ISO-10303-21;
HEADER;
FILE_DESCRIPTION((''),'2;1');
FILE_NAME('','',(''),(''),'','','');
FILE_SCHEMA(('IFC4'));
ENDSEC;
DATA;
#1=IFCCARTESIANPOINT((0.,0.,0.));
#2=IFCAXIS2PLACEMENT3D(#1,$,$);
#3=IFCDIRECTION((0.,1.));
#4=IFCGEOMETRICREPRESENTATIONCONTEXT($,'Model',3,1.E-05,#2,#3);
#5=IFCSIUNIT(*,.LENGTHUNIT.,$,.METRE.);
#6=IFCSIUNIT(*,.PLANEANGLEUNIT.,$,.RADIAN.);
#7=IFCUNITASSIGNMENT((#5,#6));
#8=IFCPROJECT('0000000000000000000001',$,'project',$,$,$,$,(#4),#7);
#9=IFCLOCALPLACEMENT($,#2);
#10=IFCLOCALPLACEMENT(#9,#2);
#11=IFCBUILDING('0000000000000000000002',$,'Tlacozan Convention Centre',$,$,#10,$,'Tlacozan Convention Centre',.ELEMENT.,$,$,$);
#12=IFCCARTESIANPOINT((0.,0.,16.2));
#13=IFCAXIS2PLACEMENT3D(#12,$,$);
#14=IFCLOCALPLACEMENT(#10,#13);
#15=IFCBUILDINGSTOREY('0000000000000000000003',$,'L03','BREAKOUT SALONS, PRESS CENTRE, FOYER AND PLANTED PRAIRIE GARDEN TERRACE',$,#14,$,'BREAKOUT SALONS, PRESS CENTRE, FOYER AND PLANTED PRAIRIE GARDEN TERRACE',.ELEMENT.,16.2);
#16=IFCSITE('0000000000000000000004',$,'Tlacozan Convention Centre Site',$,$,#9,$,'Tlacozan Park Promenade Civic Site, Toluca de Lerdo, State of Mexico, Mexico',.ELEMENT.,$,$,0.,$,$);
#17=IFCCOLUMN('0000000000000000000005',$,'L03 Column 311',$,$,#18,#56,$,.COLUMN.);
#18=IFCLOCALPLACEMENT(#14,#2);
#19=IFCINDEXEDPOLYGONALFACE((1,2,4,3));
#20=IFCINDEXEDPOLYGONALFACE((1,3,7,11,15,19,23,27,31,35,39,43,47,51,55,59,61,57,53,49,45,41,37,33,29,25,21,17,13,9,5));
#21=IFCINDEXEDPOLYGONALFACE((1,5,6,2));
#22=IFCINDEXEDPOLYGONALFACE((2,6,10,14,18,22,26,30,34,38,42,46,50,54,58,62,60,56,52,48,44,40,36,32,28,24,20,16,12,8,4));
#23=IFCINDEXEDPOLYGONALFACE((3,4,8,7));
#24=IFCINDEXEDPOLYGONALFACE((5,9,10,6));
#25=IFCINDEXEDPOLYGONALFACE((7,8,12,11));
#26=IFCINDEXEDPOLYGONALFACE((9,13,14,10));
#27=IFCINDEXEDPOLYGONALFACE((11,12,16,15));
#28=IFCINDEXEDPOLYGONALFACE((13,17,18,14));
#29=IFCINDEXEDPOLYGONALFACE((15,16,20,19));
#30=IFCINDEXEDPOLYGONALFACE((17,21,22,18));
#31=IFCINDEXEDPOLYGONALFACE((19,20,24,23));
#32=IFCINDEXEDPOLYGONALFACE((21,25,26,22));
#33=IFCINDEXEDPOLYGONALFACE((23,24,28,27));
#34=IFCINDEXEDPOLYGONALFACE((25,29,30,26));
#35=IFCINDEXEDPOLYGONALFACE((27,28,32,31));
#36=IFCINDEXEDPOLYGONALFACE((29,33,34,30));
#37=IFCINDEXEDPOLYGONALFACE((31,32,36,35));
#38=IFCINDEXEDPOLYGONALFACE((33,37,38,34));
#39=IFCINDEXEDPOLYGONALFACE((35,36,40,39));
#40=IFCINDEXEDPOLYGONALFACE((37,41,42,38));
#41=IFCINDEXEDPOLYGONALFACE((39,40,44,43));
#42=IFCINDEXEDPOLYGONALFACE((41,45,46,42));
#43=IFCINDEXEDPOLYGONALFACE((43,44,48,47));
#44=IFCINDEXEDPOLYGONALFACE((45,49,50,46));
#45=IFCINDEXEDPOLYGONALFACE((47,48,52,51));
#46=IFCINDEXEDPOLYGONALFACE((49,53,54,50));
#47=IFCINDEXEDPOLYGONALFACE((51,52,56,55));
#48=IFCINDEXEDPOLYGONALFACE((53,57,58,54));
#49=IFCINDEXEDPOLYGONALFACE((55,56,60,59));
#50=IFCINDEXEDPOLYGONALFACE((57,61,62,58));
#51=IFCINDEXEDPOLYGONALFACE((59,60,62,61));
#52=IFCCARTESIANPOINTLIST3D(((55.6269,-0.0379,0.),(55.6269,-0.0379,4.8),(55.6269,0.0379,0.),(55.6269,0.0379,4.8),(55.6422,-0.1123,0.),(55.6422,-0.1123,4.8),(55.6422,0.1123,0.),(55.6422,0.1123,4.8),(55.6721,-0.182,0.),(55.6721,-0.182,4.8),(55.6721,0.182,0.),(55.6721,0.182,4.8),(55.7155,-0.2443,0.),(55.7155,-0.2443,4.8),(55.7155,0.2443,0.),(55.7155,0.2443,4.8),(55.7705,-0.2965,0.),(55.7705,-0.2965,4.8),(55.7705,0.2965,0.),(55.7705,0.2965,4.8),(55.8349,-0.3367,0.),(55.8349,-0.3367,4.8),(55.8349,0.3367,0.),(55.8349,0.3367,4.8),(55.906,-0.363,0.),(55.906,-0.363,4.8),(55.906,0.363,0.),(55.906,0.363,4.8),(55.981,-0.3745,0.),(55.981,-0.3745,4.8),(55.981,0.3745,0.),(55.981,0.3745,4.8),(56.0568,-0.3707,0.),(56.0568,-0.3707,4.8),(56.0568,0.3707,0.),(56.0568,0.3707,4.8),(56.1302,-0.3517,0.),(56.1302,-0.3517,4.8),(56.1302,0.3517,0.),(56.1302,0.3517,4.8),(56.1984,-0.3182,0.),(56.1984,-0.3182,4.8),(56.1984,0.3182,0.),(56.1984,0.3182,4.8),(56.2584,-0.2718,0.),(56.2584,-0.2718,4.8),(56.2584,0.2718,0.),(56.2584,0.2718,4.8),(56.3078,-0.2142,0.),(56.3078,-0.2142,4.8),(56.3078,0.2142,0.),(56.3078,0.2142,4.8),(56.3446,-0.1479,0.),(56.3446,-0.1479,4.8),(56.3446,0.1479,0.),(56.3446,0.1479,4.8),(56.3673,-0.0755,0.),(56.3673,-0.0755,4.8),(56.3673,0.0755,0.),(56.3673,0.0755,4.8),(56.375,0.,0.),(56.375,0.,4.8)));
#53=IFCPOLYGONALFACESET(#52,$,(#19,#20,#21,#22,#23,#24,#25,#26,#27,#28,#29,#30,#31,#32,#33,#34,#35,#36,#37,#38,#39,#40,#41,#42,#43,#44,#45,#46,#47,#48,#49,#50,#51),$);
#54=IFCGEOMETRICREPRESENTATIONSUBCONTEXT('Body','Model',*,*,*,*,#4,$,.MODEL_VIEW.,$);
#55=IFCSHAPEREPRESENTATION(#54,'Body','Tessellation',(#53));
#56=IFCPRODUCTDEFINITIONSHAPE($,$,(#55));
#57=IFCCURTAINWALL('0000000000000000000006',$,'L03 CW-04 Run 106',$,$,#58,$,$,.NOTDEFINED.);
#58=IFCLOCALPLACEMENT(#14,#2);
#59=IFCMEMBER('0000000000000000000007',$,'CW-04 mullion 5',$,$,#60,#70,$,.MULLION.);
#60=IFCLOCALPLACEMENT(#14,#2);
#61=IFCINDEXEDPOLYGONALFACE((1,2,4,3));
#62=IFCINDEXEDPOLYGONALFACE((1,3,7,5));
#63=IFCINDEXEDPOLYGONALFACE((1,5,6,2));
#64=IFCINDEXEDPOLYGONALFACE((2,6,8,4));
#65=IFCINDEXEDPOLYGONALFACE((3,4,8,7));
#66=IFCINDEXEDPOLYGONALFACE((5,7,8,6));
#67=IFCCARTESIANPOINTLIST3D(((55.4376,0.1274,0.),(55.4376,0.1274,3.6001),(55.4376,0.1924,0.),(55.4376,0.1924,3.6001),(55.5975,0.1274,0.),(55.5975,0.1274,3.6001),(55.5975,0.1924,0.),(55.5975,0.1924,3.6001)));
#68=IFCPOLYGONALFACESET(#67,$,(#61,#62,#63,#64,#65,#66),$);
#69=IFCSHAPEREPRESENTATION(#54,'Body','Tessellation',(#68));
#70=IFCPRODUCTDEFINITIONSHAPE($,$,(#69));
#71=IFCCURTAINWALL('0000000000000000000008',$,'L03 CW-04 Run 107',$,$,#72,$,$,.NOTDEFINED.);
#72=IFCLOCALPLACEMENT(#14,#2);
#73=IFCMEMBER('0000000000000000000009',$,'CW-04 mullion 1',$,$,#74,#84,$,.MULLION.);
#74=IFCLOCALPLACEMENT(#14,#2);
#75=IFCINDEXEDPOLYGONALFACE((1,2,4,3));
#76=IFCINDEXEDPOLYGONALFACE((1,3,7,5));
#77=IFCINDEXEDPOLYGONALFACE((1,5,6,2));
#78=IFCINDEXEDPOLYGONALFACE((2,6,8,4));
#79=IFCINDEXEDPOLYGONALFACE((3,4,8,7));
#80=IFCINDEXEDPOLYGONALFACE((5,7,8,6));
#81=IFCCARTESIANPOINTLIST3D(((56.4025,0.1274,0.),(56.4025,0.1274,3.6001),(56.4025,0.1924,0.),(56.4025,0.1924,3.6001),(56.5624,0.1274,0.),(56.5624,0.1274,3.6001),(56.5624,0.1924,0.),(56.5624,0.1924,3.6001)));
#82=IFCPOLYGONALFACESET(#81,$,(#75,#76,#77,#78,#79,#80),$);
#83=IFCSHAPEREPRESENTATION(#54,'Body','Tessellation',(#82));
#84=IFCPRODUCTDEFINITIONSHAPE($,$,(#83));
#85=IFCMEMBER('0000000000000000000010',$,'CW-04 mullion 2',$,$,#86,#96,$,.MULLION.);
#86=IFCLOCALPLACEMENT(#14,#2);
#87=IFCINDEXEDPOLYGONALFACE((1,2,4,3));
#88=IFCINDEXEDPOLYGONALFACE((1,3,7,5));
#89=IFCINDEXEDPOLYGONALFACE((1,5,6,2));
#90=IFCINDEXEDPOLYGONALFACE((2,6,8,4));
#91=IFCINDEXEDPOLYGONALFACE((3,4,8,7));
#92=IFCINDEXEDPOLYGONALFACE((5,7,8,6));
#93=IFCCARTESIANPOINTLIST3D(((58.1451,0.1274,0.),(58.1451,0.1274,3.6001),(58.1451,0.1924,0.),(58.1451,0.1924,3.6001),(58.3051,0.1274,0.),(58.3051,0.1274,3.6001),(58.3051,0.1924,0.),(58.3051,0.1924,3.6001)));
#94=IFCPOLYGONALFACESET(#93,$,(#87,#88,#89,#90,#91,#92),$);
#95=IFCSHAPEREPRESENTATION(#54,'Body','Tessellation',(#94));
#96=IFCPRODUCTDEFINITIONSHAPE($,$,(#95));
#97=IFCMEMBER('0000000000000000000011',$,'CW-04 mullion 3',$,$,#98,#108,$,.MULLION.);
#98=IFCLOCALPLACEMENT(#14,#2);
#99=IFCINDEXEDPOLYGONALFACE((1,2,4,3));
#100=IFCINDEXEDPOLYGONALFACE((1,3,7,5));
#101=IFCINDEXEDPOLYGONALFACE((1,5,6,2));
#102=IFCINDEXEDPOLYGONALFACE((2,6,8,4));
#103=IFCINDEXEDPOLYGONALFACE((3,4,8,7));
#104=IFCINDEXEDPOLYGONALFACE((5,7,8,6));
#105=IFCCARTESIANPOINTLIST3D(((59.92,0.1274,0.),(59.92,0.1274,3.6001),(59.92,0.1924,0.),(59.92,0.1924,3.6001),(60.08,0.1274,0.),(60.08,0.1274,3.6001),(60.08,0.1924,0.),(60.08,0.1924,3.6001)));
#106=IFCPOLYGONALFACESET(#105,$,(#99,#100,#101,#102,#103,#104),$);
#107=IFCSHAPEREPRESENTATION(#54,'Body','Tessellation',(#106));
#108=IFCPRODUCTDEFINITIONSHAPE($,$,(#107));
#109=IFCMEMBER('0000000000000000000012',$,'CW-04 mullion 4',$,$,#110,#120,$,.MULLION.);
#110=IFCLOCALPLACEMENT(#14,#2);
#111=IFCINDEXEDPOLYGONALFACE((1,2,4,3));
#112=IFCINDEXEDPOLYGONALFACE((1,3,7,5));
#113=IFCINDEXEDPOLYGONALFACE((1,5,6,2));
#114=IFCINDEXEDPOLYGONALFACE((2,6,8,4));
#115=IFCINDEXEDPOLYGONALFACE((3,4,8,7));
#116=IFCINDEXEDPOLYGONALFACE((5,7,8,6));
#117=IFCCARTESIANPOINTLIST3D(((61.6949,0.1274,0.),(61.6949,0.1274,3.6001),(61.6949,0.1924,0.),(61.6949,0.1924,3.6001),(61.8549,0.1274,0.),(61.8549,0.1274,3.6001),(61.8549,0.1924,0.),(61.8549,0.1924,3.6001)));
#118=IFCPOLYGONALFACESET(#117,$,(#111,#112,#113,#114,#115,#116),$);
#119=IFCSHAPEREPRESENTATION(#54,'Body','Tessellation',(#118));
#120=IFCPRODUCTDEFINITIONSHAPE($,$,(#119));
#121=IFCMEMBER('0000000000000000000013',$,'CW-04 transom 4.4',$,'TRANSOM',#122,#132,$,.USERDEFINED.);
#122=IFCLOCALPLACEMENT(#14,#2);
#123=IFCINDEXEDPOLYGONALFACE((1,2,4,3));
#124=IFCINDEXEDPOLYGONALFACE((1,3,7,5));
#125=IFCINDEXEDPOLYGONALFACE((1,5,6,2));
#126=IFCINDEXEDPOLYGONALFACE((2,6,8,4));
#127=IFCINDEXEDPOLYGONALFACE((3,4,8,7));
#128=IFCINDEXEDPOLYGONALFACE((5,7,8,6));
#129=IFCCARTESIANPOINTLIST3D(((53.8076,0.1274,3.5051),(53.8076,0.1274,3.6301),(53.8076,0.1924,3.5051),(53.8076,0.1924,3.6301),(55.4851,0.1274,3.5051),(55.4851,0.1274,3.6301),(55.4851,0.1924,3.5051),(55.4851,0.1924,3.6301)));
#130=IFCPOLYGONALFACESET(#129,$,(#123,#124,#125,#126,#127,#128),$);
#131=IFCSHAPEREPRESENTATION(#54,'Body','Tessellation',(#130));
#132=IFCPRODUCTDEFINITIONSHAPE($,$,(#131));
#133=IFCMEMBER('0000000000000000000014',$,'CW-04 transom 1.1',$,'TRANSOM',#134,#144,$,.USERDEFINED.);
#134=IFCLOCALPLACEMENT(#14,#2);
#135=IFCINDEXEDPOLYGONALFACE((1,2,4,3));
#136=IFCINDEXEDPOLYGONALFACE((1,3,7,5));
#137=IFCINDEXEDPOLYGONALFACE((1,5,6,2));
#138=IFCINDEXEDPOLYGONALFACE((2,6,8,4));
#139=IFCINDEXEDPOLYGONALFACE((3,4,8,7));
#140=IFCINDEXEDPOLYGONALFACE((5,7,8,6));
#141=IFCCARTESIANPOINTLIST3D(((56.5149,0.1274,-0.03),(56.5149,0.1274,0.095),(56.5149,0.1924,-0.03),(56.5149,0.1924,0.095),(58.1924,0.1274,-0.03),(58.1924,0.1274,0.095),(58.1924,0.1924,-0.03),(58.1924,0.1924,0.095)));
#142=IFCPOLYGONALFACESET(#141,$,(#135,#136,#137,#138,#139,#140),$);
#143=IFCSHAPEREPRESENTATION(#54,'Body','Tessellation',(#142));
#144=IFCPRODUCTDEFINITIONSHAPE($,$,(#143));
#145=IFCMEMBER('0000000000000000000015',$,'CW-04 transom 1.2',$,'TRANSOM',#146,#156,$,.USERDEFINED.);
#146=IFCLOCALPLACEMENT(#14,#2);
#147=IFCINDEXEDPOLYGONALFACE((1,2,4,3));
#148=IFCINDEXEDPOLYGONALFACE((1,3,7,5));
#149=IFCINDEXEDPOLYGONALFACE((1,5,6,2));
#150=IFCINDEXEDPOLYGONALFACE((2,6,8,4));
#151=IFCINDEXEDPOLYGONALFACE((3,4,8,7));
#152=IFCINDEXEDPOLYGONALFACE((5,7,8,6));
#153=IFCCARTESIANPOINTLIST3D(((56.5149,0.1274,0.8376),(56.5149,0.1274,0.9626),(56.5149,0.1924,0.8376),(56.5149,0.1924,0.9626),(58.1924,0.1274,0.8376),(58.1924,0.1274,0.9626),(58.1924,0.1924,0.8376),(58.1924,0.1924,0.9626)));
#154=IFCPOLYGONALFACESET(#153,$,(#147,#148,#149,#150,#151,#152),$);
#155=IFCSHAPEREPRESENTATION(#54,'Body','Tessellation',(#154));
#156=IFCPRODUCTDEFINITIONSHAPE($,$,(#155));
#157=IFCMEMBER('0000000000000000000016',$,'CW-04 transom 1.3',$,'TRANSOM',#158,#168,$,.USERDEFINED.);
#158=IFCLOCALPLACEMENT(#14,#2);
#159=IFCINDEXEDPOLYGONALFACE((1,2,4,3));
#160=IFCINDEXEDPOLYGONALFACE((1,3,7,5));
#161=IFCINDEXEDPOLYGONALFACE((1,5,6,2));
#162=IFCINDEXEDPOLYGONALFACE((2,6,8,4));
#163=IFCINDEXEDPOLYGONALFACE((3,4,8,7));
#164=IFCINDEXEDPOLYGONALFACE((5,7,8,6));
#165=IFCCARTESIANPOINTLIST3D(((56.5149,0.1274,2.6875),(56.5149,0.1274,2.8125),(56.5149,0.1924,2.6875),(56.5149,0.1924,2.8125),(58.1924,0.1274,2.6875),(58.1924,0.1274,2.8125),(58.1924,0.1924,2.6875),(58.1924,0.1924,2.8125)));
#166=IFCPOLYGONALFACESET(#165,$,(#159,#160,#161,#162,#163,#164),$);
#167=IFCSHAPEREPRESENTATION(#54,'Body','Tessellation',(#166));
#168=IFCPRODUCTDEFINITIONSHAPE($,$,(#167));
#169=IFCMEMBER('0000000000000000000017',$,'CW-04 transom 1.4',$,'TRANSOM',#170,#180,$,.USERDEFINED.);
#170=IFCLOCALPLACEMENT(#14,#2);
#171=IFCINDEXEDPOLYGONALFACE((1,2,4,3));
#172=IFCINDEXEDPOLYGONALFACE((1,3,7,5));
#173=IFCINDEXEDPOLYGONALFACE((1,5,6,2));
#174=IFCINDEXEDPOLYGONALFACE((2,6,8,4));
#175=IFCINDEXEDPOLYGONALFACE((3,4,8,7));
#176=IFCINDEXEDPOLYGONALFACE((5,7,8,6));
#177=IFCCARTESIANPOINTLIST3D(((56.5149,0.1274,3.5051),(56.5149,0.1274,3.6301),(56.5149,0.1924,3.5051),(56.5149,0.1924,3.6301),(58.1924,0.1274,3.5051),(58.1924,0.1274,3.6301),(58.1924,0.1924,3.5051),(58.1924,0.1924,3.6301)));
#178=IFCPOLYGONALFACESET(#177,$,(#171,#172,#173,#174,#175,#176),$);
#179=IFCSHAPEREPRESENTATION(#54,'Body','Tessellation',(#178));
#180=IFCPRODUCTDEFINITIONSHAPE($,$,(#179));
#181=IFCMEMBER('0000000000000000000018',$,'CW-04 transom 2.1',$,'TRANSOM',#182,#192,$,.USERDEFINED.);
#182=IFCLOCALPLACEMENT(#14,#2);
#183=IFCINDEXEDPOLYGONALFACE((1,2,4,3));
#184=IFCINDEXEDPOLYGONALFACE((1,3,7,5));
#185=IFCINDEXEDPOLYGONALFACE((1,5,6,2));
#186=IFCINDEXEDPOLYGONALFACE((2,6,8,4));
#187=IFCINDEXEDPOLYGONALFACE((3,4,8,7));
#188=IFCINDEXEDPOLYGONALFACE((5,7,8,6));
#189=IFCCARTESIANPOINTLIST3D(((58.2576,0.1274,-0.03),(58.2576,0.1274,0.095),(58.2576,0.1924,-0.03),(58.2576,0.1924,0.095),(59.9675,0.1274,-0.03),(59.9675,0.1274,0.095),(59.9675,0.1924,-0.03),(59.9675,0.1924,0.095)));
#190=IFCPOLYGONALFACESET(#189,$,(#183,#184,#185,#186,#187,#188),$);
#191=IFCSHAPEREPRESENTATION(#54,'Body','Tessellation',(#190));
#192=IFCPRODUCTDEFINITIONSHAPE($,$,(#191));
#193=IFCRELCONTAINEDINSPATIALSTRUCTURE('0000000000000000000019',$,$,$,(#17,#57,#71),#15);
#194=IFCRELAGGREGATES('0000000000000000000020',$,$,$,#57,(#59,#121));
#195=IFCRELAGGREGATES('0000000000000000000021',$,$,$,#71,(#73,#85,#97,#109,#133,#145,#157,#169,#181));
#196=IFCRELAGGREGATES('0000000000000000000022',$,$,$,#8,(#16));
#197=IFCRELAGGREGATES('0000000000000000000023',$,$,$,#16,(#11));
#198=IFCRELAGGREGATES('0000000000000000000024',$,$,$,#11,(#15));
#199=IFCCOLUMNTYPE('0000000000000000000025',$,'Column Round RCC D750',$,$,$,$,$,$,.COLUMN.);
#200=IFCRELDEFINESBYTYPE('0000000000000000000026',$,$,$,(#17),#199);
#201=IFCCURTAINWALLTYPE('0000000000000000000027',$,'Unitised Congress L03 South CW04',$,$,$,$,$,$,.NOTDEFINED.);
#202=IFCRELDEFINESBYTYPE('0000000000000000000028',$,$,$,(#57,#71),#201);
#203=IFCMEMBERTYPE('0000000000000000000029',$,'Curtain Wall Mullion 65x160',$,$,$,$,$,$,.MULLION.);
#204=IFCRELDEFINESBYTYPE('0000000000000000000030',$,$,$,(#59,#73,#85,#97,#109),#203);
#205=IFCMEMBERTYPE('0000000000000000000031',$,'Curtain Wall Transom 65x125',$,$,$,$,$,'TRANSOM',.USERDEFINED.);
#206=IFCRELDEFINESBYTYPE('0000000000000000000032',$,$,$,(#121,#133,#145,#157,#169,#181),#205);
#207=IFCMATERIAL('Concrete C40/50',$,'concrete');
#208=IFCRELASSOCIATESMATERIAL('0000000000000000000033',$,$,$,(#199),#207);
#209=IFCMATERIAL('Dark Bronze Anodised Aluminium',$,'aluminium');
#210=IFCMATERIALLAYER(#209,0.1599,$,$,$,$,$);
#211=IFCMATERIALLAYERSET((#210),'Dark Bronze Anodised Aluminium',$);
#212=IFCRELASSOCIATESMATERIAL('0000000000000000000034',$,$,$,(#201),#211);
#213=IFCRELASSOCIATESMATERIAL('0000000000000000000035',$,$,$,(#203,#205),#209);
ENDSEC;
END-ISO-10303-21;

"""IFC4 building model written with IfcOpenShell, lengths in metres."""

from ifc_helpers import new_model, si_unit, direction, frame, origin, origin_2d, place, context, subcontext, project, spatial, rectangle, circle, extrude, material, layer, layer_set, material_profile, profile_set, type_object, element, aggregate, save


model = new_model("IFC4")

# Units and contexts
model_context = context("Model", 3, precision=1e-05, world=origin(), true_north=direction((0.0, 1.0)))
body_context = subcontext(model_context, "Body", "Model", "MODEL_VIEW")
ifc_project = project(units=[si_unit("LENGTHUNIT", "METRE"), si_unit("PLANEANGLEUNIT", "RADIAN")], contexts=[model_context])

# Site, building, storey
site_placement = place(None, origin())
site = spatial("IfcSite", under=ifc_project, at=site_placement, Name="Tlacozan Convention Centre Site", LongName="Tlacozan Park Promenade Civic Site, Toluca de Lerdo, State of Mexico, Mexico", CompositionType="ELEMENT", RefElevation=0.0)
building_placement = place(site_placement, origin())
building = spatial("IfcBuilding", under=site, at=building_placement, Name="Tlacozan Convention Centre", LongName="Tlacozan Convention Centre", CompositionType="ELEMENT")
storey_placement = place(building_placement, frame((0.0, 0.0, 16.2)))
storey = spatial("IfcBuildingStorey", under=building, at=storey_placement, Name="L03", Description="BREAKOUT SALONS, PRESS CENTRE, FOYER AND PLANTED PRAIRIE GARDEN TERRACE", LongName="BREAKOUT SALONS, PRESS CENTRE, FOYER AND PLANTED PRAIRIE GARDEN TERRACE", CompositionType="ELEMENT", Elevation=16.2)

# Column
ifc_material_1 = material(Name="Concrete C40/50", Category="concrete")
ifc_material_profile_1 = material_profile(ifc_material_1, circle(Radius=0.375, at=origin_2d()), Name="RCC D750")
ifc_profile_set_1 = profile_set([ifc_material_profile_1], Name="Concrete C40/50")
column_type = type_object("IfcColumnType", Name="Column Round RCC D750", PredefinedType="COLUMN", material=ifc_profile_set_1)
column_placement = place(storey_placement, frame((56.0, 0.0, 0.0), z_axis=(0.0, 0.0, 1.0), x_axis=(1.0, 0.0, 0.0)))
element("IfcColumn", 1, at=column_placement, inside=storey, type_object=column_type, Name="L03 Column 311", PredefinedType="COLUMN", context=body_context, shape_type="SweptSolid", body=[
    extrude(circle(Radius=0.375, at=origin_2d()), origin(), (0.0, 0.0, 1.0), 4.8),
])

# Curtain wall, member
ifc_material_2 = material(Name="Dark Bronze Anodised Aluminium", Category="aluminium")
ifc_layer_1 = layer(ifc_material_2, 0.1599)
ifc_layer_set_1 = layer_set([ifc_layer_1], Name="Dark Bronze Anodised Aluminium")
curtain_wall_type = type_object("IfcCurtainWallType", Name="Unitised Congress L03 South CW04", PredefinedType="NOTDEFINED", material=ifc_layer_set_1)
curtain_wall_1_placement = place(storey_placement, origin())
curtain_wall_1 = element("IfcCurtainWall", 2, at=curtain_wall_1_placement, inside=storey, type_object=curtain_wall_type, Name="L03 CW-04 Run 106", PredefinedType="NOTDEFINED")
ifc_material_profile_2 = material_profile(ifc_material_2, rectangle(XDim=0.0649, YDim=0.1599, at=origin_2d()), Name="ALU 65x160")
ifc_profile_set_2 = profile_set([ifc_material_profile_2], Name="Dark Bronze Anodised Aluminium")
member_type_1 = type_object("IfcMemberType", Name="Curtain Wall Mullion 65x160", PredefinedType="MULLION", material=ifc_profile_set_2)
member_1_placement = place(storey_placement, frame((55.5176, 0.1599, 0.0), z_axis=(0.0, 0.0, 1.0), x_axis=(0.0, 1.0, 0.0)))
member_1 = element("IfcMember", 3, at=member_1_placement, type_object=member_type_1, Name="CW-04 mullion 5", PredefinedType="MULLION", context=body_context, shape_type="SweptSolid", body=[
    extrude(rectangle(XDim=0.0649, YDim=0.1599, at=origin_2d()), origin(), (0.0, 0.0, 1.0), 3.6001),
])

# Curtain wall, members
curtain_wall_2_placement = place(storey_placement, origin())
curtain_wall_2 = element("IfcCurtainWall", 4, at=curtain_wall_2_placement, inside=storey, type_object=curtain_wall_type, Name="L03 CW-04 Run 107", PredefinedType="NOTDEFINED")
member_2_placement = place(storey_placement, frame((56.4824, 0.1599, 0.0), z_axis=(0.0, 0.0, 1.0), x_axis=(0.0, 1.0, 0.0)))
member_2 = element("IfcMember", 5, at=member_2_placement, type_object=member_type_1, Name="CW-04 mullion 1", PredefinedType="MULLION", context=body_context, shape_type="SweptSolid", body=[
    extrude(rectangle(XDim=0.0649, YDim=0.1599, at=origin_2d()), origin(), (0.0, 0.0, 1.0), 3.6001),
])
member_3_placement = place(storey_placement, frame((58.2251, 0.1599, 0.0), z_axis=(0.0, 0.0, 1.0), x_axis=(0.0, 1.0, 0.0)))
member_3 = element("IfcMember", 6, at=member_3_placement, type_object=member_type_1, Name="CW-04 mullion 2", PredefinedType="MULLION", context=body_context, shape_type="SweptSolid", body=[
    extrude(rectangle(XDim=0.0649, YDim=0.1599, at=origin_2d()), origin(), (0.0, 0.0, 1.0), 3.6001),
])
member_4_placement = place(storey_placement, frame((60.0, 0.1599, 0.0), z_axis=(0.0, 0.0, 1.0), x_axis=(0.0, 1.0, 0.0)))
member_4 = element("IfcMember", 7, at=member_4_placement, type_object=member_type_1, Name="CW-04 mullion 3", PredefinedType="MULLION", context=body_context, shape_type="SweptSolid", body=[
    extrude(rectangle(XDim=0.0649, YDim=0.1599, at=origin_2d()), origin(), (0.0, 0.0, 1.0), 3.6001),
])
member_5_placement = place(storey_placement, frame((61.7749, 0.1599, 0.0), z_axis=(0.0, 0.0, 1.0), x_axis=(0.0, 1.0, 0.0)))
member_5 = element("IfcMember", 8, at=member_5_placement, type_object=member_type_1, Name="CW-04 mullion 4", PredefinedType="MULLION", context=body_context, shape_type="SweptSolid", body=[
    extrude(rectangle(XDim=0.0649, YDim=0.1599, at=origin_2d()), origin(), (0.0, 0.0, 1.0), 3.6001),
])

# Members
ifc_material_profile_3 = material_profile(ifc_material_2, rectangle(XDim=0.0649, YDim=0.125, at=origin_2d()), Name="ALU 65x125")
ifc_profile_set_3 = profile_set([ifc_material_profile_3], Name="Dark Bronze Anodised Aluminium")
member_type_2 = type_object("IfcMemberType", Name="Curtain Wall Transom 65x125", ElementType="TRANSOM", PredefinedType="USERDEFINED", material=ifc_profile_set_3)
member_6_placement = place(storey_placement, frame((53.8076, 0.1599, 3.5676), z_axis=(1.0, 0.0, 0.0), x_axis=(0.0, 1.0, 0.0)))
member_6 = element("IfcMember", 9, at=member_6_placement, type_object=member_type_2, Name="CW-04 transom 4.4", ObjectType="TRANSOM", PredefinedType="USERDEFINED", context=body_context, shape_type="SweptSolid", body=[
    extrude(rectangle(XDim=0.0649, YDim=0.125, at=origin_2d()), origin(), (0.0, 0.0, 1.0), 1.6775),
])
member_7_placement = place(storey_placement, frame((56.5149, 0.1599, 0.0325), z_axis=(1.0, 0.0, 0.0), x_axis=(0.0, 1.0, 0.0)))
member_7 = element("IfcMember", 10, at=member_7_placement, type_object=member_type_2, Name="CW-04 transom 1.1", ObjectType="TRANSOM", PredefinedType="USERDEFINED", context=body_context, shape_type="SweptSolid", body=[
    extrude(rectangle(XDim=0.0649, YDim=0.125, at=origin_2d()), origin(), (0.0, 0.0, 1.0), 1.6775),
])
member_8_placement = place(storey_placement, frame((56.5149, 0.1599, 0.9001), z_axis=(1.0, 0.0, 0.0), x_axis=(0.0, 1.0, 0.0)))
member_8 = element("IfcMember", 11, at=member_8_placement, type_object=member_type_2, Name="CW-04 transom 1.2", ObjectType="TRANSOM", PredefinedType="USERDEFINED", context=body_context, shape_type="SweptSolid", body=[
    extrude(rectangle(XDim=0.0649, YDim=0.125, at=origin_2d()), origin(), (0.0, 0.0, 1.0), 1.6775),
])
member_9_placement = place(storey_placement, frame((56.5149, 0.1599, 2.75), z_axis=(1.0, 0.0, 0.0), x_axis=(0.0, 1.0, 0.0)))
member_9 = element("IfcMember", 12, at=member_9_placement, type_object=member_type_2, Name="CW-04 transom 1.3", ObjectType="TRANSOM", PredefinedType="USERDEFINED", context=body_context, shape_type="SweptSolid", body=[
    extrude(rectangle(XDim=0.0649, YDim=0.125, at=origin_2d()), origin(), (0.0, 0.0, 1.0), 1.6775),
])
member_10_placement = place(storey_placement, frame((56.5149, 0.1599, 3.5676), z_axis=(1.0, 0.0, 0.0), x_axis=(0.0, 1.0, 0.0)))
member_10 = element("IfcMember", 13, at=member_10_placement, type_object=member_type_2, Name="CW-04 transom 1.4", ObjectType="TRANSOM", PredefinedType="USERDEFINED", context=body_context, shape_type="SweptSolid", body=[
    extrude(rectangle(XDim=0.0649, YDim=0.125, at=origin_2d()), origin(), (0.0, 0.0, 1.0), 1.6775),
])
member_11_placement = place(storey_placement, frame((58.2576, 0.1599, 0.0325), z_axis=(1.0, 0.0, 0.0), x_axis=(0.0, 1.0, 0.0)))
member_11 = element("IfcMember", 14, at=member_11_placement, type_object=member_type_2, Name="CW-04 transom 2.1", ObjectType="TRANSOM", PredefinedType="USERDEFINED", context=body_context, shape_type="SweptSolid", body=[
    extrude(rectangle(XDim=0.0649, YDim=0.125, at=origin_2d()), origin(), (0.0, 0.0, 1.0), 1.71),
])

aggregate(curtain_wall_1, [member_1, member_6])
aggregate(curtain_wall_2, [member_2, member_3, member_4, member_5, member_7, member_8, member_9, member_10, member_11])

save(model, "model.ifc")
